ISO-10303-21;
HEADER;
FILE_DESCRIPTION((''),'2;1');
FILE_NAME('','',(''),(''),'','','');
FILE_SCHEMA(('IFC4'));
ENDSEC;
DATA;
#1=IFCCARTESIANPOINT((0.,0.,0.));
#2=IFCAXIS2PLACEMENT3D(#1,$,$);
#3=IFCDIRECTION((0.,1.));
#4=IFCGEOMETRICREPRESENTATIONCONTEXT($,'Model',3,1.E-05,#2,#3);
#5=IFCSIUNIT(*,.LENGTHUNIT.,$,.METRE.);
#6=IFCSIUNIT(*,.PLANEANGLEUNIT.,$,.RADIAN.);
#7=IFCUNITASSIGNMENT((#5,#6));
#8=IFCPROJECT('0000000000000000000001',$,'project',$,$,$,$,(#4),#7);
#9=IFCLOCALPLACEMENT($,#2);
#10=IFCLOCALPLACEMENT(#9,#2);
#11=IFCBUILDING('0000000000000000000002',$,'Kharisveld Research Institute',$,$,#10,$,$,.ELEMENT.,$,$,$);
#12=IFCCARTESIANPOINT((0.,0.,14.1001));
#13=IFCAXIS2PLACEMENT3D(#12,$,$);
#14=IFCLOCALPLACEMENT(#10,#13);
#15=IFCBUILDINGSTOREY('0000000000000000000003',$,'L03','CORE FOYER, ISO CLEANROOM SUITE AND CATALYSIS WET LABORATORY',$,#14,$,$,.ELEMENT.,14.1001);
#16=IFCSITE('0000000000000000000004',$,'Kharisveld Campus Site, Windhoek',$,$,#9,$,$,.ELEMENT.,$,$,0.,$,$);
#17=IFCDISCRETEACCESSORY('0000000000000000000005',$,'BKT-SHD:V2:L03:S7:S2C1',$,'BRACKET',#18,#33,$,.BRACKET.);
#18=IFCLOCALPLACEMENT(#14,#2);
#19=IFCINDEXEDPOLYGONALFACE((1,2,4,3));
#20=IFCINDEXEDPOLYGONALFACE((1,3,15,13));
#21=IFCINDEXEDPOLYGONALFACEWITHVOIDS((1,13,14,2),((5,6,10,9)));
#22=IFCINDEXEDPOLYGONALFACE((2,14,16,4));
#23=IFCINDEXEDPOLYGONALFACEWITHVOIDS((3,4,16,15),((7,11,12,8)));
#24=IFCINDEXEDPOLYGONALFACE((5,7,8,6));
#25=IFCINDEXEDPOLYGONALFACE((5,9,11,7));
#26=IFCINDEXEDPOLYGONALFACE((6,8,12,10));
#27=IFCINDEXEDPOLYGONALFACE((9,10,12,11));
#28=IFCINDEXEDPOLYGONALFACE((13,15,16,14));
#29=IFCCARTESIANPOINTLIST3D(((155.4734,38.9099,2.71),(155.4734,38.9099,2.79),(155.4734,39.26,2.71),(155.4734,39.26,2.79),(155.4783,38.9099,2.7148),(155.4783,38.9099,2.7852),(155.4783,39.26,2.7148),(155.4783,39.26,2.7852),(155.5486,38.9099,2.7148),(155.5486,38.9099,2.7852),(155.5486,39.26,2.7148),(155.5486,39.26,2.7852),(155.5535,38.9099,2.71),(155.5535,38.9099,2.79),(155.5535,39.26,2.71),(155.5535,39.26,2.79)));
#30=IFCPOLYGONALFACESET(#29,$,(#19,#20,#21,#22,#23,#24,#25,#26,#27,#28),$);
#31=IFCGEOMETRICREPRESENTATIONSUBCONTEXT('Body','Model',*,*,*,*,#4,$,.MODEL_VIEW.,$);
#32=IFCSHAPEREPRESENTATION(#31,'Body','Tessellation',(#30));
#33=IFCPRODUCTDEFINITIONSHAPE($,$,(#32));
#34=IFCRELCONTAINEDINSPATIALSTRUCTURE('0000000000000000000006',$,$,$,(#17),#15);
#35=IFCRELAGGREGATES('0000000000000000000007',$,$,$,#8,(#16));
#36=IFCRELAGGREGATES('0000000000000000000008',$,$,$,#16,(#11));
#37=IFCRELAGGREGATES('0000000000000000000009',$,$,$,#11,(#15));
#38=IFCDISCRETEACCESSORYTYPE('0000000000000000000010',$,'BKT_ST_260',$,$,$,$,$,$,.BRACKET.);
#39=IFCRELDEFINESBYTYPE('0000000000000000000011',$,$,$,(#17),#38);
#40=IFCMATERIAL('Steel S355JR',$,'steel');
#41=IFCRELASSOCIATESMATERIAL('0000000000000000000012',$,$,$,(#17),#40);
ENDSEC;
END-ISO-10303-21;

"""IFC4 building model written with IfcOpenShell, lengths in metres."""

from ifc_helpers import new_model, si_unit, direction, frame, origin, origin_2d, place, context, subcontext, project, spatial, hollow_rectangle, extrude, material, type_object, element, save


model = new_model("IFC4")

# Units and contexts
model_context = context("Model", 3, precision=1e-05, world=origin(), true_north=direction((0.0, 1.0)))
body_context = subcontext(model_context, "Body", "Model", "MODEL_VIEW")
ifc_project = project(units=[si_unit("LENGTHUNIT", "METRE"), si_unit("PLANEANGLEUNIT", "RADIAN")], contexts=[model_context])

# Site, building, storey
site_placement = place(None, origin())
site = spatial("IfcSite", under=ifc_project, at=site_placement, Name="Kharisveld Campus Site, Windhoek", CompositionType="ELEMENT", RefElevation=0.0)
building_placement = place(site_placement, origin())
building = spatial("IfcBuilding", under=site, at=building_placement, Name="Kharisveld Research Institute", CompositionType="ELEMENT")
storey_placement = place(building_placement, frame((0.0, 0.0, 14.1001)))
storey = spatial("IfcBuildingStorey", under=building, at=storey_placement, Name="L03", Description="CORE FOYER, ISO CLEANROOM SUITE AND CATALYSIS WET LABORATORY", CompositionType="ELEMENT", Elevation=14.1001)

# Discrete accessory
ifc_material_1 = material(Name="Steel S355JR", Category="steel")
discrete_accessory_type = type_object("IfcDiscreteAccessoryType", Name="BKT_ST_260", PredefinedType="BRACKET")
for number, where, z_axis, x_axis, name in (
    (1, (155.5134, 39.26, 2.75), (0.0, -1.0, 0.0), (1.0, 0.0, 0.0), "BKT-SHD:V2:L03:S7:S2C1"),
):
    element("IfcDiscreteAccessory", number, at=place(storey_placement, frame(where, z_axis=z_axis, x_axis=x_axis)), inside=storey, type_object=discrete_accessory_type, material=ifc_material_1, Name=name, ObjectType="BRACKET", PredefinedType="BRACKET", context=body_context, shape_type="SweptSolid", body=[
        extrude(hollow_rectangle(XDim=0.0801, YDim=0.0801, WallThickness=0.0049, at=origin_2d()), origin(), (0.0, 0.0, 1.0), 0.3501),
    ])

save(model, "model.ifc")
